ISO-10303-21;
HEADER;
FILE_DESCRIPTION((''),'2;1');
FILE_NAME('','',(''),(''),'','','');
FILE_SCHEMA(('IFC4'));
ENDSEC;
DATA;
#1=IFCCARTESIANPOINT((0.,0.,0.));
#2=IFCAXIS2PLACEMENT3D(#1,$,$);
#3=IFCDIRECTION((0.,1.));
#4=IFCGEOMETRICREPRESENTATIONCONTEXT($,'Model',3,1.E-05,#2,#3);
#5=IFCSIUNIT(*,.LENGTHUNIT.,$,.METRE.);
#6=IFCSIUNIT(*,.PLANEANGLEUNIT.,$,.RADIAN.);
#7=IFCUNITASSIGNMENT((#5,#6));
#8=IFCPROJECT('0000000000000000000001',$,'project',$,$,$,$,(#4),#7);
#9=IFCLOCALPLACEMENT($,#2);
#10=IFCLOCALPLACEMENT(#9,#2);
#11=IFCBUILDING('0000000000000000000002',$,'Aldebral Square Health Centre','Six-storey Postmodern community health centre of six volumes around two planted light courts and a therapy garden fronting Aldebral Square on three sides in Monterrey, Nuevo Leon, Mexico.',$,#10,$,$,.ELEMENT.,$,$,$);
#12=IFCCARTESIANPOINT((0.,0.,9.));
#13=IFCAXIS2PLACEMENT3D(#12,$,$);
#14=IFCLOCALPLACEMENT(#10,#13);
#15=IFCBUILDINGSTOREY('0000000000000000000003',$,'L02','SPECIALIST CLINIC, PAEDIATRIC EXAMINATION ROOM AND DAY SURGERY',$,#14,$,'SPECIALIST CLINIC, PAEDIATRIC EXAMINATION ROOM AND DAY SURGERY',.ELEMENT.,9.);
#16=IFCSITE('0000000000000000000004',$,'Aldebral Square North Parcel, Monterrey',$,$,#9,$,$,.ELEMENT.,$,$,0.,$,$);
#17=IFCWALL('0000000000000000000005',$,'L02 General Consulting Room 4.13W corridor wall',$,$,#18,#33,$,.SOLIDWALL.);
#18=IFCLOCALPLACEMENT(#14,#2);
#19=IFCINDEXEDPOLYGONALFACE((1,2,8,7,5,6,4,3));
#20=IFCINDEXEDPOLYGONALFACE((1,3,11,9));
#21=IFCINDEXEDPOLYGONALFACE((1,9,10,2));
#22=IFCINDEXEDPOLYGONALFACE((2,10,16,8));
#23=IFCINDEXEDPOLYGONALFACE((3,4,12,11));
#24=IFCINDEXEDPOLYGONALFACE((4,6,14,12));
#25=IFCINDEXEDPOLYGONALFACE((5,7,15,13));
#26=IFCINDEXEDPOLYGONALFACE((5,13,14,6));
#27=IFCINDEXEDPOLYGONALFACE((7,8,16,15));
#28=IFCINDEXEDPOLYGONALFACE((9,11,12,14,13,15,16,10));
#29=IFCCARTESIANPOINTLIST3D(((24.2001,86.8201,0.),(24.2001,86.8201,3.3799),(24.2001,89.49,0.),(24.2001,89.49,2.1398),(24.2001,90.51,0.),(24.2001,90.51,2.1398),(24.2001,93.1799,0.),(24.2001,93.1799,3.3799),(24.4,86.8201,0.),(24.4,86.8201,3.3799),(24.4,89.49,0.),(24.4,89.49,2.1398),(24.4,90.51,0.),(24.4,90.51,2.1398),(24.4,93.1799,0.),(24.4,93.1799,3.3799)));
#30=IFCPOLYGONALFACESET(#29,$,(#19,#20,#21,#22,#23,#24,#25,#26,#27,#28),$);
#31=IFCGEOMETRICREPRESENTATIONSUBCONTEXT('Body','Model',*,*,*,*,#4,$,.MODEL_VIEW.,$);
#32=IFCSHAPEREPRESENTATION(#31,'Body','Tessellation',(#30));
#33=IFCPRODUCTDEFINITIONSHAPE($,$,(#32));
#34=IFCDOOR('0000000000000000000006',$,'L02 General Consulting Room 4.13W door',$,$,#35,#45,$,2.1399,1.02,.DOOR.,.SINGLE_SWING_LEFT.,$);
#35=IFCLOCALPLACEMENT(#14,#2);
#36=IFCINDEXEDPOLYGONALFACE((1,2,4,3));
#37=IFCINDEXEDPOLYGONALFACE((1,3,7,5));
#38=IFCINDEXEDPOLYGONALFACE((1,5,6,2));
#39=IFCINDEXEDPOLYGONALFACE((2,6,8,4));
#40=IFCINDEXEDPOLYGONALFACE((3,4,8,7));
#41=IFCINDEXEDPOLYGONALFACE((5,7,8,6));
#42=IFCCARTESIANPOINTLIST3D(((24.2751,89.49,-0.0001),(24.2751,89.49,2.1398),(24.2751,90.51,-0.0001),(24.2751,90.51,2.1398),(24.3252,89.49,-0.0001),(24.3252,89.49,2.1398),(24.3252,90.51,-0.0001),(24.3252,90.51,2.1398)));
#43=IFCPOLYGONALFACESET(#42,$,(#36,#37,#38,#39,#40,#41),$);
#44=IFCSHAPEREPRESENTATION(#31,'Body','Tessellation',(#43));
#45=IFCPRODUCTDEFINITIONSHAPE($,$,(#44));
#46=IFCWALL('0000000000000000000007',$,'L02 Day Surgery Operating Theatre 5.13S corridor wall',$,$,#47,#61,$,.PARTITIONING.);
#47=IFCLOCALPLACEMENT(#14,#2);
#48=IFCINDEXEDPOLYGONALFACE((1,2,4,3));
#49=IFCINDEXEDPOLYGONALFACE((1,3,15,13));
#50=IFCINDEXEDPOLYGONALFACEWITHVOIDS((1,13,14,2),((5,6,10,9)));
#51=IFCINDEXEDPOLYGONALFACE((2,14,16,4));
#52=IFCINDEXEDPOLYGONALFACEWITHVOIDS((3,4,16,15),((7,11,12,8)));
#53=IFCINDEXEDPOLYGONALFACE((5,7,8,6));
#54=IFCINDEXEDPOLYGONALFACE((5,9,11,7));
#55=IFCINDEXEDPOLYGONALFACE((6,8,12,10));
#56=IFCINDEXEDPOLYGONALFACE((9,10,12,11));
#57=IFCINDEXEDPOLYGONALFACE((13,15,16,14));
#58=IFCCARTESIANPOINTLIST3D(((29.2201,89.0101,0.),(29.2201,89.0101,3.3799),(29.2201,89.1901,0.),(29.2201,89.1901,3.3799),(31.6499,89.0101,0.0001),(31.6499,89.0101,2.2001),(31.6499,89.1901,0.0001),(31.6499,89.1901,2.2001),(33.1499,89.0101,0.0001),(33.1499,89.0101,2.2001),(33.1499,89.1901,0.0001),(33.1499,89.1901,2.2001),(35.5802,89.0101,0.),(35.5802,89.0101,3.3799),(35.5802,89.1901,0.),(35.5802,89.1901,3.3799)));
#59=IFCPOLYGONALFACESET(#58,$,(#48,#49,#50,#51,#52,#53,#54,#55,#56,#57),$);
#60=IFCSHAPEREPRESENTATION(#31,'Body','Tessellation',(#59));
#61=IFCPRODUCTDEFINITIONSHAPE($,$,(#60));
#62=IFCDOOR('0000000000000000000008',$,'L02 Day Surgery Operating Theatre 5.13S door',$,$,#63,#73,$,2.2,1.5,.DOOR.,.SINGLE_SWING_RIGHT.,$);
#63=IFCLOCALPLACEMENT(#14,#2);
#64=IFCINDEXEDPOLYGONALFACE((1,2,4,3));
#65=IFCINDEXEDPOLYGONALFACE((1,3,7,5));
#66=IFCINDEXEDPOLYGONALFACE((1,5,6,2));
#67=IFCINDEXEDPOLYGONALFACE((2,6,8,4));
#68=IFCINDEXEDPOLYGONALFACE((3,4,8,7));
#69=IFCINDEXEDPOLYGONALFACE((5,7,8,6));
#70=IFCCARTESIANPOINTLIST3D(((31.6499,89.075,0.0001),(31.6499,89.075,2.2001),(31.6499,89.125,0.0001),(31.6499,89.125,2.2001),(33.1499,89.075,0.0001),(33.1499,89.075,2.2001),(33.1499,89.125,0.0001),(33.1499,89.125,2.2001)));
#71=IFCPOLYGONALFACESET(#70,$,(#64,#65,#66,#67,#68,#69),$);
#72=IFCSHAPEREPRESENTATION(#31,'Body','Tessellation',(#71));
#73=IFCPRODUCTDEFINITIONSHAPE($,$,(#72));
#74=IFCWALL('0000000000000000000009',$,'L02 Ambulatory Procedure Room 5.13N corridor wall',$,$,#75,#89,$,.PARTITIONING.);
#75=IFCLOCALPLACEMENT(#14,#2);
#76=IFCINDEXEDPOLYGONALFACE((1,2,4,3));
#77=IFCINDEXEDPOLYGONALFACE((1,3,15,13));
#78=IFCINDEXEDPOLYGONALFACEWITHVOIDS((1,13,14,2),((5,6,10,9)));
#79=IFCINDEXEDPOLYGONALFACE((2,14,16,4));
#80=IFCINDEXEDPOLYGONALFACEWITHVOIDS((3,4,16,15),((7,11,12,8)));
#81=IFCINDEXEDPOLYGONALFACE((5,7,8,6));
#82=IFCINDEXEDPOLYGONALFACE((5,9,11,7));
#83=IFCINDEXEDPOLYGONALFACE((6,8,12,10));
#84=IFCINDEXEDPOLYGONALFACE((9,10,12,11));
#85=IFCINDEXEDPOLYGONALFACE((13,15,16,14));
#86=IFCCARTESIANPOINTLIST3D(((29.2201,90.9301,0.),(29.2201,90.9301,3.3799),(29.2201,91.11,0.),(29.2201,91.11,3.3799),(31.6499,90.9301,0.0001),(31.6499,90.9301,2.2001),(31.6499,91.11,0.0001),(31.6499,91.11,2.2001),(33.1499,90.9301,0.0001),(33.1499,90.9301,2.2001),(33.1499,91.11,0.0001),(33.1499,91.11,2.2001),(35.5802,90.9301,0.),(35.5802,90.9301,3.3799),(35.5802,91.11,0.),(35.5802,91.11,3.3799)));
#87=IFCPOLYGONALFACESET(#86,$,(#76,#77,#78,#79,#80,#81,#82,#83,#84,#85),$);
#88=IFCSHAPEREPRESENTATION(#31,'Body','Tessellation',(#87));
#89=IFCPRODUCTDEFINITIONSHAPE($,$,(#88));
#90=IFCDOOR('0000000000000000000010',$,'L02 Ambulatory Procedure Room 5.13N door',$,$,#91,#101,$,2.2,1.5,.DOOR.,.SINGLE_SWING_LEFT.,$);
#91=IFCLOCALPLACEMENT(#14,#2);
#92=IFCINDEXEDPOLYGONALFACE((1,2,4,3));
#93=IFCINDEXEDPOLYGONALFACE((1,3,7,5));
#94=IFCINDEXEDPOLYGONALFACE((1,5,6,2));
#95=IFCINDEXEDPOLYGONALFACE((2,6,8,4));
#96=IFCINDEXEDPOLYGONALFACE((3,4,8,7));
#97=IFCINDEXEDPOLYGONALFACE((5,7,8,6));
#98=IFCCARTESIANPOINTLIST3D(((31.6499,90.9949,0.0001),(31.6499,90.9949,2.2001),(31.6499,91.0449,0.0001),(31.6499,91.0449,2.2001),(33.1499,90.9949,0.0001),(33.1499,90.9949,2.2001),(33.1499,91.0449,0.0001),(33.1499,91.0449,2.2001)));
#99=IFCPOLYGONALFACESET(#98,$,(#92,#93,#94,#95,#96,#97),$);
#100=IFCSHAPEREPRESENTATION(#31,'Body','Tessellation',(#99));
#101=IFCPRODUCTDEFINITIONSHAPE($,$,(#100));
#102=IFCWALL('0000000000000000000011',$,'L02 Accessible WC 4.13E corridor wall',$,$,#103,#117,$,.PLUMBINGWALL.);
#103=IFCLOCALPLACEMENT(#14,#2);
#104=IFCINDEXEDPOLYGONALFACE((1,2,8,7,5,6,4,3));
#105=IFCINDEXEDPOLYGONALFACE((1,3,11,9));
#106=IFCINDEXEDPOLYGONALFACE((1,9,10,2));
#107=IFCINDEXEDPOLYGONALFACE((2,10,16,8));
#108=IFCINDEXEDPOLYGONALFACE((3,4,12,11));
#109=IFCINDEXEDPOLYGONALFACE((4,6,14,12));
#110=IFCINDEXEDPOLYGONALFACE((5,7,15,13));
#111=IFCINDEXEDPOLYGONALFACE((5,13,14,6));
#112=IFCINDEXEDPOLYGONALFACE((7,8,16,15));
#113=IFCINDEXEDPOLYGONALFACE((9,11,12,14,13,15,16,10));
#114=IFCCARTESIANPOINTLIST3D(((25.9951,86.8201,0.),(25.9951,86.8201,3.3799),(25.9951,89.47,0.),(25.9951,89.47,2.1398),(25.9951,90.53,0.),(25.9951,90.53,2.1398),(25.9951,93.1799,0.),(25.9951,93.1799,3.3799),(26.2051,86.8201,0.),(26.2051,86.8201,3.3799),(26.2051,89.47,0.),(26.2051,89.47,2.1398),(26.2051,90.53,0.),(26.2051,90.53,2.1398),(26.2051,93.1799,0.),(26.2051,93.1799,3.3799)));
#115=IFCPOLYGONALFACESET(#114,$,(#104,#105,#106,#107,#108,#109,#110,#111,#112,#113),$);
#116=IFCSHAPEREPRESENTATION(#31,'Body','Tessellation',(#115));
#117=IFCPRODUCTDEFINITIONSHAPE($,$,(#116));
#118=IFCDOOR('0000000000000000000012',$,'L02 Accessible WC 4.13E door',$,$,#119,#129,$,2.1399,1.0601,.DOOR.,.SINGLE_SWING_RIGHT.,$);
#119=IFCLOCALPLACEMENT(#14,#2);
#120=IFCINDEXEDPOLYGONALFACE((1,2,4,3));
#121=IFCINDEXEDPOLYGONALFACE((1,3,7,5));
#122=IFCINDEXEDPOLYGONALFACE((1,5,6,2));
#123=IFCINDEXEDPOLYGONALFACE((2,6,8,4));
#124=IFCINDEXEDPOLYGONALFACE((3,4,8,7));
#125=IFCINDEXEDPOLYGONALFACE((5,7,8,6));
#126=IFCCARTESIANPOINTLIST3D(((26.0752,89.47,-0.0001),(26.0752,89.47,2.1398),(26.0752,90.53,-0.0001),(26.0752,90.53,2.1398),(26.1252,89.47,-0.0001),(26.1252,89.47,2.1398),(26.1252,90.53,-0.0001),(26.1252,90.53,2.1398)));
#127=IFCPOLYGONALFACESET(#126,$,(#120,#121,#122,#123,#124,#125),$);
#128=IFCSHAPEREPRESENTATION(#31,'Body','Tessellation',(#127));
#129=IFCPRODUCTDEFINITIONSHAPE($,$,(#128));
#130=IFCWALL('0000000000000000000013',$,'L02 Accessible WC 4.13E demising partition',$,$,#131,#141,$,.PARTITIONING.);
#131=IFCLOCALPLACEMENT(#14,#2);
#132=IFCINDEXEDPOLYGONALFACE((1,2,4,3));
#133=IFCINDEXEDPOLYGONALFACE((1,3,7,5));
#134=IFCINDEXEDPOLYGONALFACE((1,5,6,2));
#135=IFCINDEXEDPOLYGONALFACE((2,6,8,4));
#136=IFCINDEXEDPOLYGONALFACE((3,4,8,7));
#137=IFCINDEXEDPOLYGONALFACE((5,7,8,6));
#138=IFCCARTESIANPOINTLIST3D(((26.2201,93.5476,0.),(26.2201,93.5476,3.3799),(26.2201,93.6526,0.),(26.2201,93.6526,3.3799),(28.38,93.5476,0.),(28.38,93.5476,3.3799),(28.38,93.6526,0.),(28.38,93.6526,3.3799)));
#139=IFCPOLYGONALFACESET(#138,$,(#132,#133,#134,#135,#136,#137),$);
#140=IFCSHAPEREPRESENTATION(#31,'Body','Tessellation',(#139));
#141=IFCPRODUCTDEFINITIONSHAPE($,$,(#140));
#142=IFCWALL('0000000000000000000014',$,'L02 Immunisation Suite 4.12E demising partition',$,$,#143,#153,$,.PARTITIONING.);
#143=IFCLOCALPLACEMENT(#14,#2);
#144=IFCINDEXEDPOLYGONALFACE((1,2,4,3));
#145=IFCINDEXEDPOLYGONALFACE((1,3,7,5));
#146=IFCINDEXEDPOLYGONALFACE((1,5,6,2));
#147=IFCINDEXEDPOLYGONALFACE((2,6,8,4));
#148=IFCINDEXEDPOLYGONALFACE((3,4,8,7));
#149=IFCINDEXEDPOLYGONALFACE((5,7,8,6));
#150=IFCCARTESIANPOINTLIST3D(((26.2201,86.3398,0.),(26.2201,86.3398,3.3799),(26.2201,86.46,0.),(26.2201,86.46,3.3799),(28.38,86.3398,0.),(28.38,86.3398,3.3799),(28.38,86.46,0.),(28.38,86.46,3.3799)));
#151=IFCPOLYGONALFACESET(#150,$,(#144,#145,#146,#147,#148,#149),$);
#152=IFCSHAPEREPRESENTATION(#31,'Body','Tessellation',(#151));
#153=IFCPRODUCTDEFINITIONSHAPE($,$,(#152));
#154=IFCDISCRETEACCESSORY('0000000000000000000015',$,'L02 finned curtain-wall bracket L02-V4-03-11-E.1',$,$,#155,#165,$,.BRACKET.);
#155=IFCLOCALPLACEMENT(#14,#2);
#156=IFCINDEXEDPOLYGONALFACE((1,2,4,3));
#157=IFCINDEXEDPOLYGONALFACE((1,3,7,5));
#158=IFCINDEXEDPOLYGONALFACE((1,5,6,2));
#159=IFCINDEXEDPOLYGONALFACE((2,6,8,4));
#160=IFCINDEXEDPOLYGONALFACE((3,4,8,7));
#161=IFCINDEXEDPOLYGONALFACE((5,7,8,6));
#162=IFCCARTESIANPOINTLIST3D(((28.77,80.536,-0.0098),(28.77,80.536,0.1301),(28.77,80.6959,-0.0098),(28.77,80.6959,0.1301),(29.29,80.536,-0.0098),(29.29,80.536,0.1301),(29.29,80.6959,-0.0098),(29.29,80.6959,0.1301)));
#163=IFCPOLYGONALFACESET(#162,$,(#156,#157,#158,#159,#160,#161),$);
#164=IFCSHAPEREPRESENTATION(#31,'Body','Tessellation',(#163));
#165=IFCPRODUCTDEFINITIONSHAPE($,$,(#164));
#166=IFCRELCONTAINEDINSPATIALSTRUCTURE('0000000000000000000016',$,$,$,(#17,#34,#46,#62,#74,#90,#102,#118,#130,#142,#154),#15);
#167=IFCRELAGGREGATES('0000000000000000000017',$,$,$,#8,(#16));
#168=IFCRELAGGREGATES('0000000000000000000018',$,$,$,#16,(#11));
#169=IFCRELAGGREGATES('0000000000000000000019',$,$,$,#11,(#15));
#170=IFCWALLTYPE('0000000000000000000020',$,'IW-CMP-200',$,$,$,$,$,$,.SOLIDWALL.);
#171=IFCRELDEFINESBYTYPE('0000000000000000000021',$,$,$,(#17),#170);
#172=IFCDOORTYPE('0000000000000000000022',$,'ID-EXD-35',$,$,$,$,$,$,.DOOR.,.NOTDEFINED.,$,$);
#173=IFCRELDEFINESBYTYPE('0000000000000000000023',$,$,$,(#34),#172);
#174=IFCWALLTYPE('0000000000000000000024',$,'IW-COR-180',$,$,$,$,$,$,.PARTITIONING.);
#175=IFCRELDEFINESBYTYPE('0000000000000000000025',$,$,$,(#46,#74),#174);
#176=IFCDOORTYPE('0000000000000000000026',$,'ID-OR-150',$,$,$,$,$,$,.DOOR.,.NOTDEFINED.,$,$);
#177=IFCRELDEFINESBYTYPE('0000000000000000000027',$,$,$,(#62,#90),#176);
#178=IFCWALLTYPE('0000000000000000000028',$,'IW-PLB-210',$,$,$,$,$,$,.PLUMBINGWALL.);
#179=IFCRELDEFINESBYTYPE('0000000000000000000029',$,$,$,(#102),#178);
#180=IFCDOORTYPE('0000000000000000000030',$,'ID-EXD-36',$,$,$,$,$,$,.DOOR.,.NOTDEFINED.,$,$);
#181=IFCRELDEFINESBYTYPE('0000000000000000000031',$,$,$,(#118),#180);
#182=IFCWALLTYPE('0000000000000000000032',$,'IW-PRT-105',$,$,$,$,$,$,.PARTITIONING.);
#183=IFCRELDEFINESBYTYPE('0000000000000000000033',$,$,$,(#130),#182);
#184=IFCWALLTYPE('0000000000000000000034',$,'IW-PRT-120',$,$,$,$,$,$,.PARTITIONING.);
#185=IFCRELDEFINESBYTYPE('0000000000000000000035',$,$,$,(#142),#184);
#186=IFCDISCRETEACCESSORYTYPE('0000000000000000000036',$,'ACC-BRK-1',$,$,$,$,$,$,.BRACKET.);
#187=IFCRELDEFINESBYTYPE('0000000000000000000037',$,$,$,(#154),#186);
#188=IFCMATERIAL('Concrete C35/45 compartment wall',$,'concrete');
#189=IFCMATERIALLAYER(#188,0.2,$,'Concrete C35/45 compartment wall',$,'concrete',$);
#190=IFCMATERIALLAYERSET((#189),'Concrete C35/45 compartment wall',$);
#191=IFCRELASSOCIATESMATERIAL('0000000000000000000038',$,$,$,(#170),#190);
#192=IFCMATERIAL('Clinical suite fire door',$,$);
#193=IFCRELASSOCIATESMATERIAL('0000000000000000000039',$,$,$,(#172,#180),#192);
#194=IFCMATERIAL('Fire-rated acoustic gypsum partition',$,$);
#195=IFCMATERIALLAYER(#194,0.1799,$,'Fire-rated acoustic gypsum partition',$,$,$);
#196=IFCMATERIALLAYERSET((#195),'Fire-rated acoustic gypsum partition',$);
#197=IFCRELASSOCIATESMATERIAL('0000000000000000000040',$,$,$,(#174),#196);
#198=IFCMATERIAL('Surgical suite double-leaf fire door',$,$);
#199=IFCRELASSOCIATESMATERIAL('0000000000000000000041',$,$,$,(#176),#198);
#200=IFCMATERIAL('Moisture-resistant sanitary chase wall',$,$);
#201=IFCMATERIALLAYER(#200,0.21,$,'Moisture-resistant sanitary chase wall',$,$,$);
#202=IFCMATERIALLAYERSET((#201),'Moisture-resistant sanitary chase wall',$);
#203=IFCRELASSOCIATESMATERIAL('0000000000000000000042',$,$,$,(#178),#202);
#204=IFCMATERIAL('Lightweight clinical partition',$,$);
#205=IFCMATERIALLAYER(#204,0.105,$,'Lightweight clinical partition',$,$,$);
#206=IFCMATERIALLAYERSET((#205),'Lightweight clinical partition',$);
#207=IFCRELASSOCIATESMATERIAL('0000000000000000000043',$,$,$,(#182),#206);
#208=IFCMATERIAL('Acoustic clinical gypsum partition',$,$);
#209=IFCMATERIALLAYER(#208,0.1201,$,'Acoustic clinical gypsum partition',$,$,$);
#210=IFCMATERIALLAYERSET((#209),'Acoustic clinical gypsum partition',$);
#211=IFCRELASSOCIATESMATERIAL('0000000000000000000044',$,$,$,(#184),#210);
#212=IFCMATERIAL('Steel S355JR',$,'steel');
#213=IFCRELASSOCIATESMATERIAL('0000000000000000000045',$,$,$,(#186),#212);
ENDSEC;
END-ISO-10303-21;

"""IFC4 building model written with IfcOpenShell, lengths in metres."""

from ifc_helpers import new_model, si_unit, direction, frame, frame_2d, origin, origin_2d, place, context, subcontext, project, spatial, rectangle, extrude, material, layer, layer_set, type_object, element, fill, save


model = new_model("IFC4")

# Units and contexts
model_context = context("Model", 3, precision=1e-05, world=origin(), true_north=direction((0.0, 1.0)))
body_context = subcontext(model_context, "Body", "Model", "MODEL_VIEW")
ifc_project = project(units=[si_unit("LENGTHUNIT", "METRE"), si_unit("PLANEANGLEUNIT", "RADIAN")], contexts=[model_context])

# Site, building, storey
site_placement = place(None, origin())
site = spatial("IfcSite", under=ifc_project, at=site_placement, Name="Aldebral Square North Parcel, Monterrey", CompositionType="ELEMENT", RefElevation=0.0)
building_placement = place(site_placement, origin())
building = spatial("IfcBuilding", under=site, at=building_placement, Name="Aldebral Square Health Centre", Description="Six-storey Postmodern community health centre of six volumes around two planted light courts and a therapy garden fronting Aldebral Square on three sides in Monterrey, Nuevo Leon, Mexico.", CompositionType="ELEMENT")
storey_placement = place(building_placement, frame((0.0, 0.0, 9.0)))
storey = spatial("IfcBuildingStorey", under=building, at=storey_placement, Name="L02", Description="SPECIALIST CLINIC, PAEDIATRIC EXAMINATION ROOM AND DAY SURGERY", LongName="SPECIALIST CLINIC, PAEDIATRIC EXAMINATION ROOM AND DAY SURGERY", CompositionType="ELEMENT", Elevation=9.0)

# Walls, openings, doors
ifc_material_1 = material(Name="Concrete C35/45 compartment wall", Category="concrete")
ifc_layer_1 = layer(ifc_material_1, 0.2, Name="Concrete C35/45 compartment wall", Category="concrete")
ifc_layer_set_1 = layer_set([ifc_layer_1], Name="Concrete C35/45 compartment wall")
wall_type_1 = type_object("IfcWallType", Name="IW-CMP-200", PredefinedType="SOLIDWALL", material=ifc_layer_set_1)
wall_1_placement = place(storey_placement, frame((24.3, 86.8201, 0.0), z_axis=(0.0, 0.0, 1.0), x_axis=(0.0, 1.0, 0.0)))
wall_1 = element("IfcWall", 1, at=wall_1_placement, inside=storey, type_object=wall_type_1, Name="L02 General Consulting Room 4.13W corridor wall", PredefinedType="SOLIDWALL", context=body_context, shape_type="SweptSolid", body=[
    extrude(rectangle(XDim=6.3599, YDim=0.2, at=frame_2d((3.1799, 0.0))), origin(), (0.0, 0.0, 1.0), 3.3799),
])
opening_1_placement = place(wall_1_placement, frame((2.6699, 0.0, 0.0)))
opening_1 = element("IfcOpeningElement", 2, at=opening_1_placement, cuts=wall_1, PredefinedType="OPENING", context=body_context, shape_type="SweptSolid", body=[
    extrude(rectangle(XDim=1.02, YDim=2.1399, at=frame_2d((0.51, 1.0698))), frame((0.0, 0.1099, 0.0), z_axis=(0.0, -1.0, 0.0), x_axis=(1.0, 0.0, 0.0)), (0.0, 0.0, 1.0), 0.22),
])
ifc_material_2 = material(Name="Clinical suite fire door")
door_type_1 = type_object("IfcDoorType", Name="ID-EXD-35", OperationType="NOTDEFINED", PredefinedType="DOOR", material=ifc_material_2)
door_1_placement = place(opening_1_placement, origin())
door_1 = element("IfcDoor", 3, at=door_1_placement, inside=storey, type_object=door_type_1, Name="L02 General Consulting Room 4.13W door", OperationType="SINGLE_SWING_LEFT", OverallHeight=2.1399, OverallWidth=1.02, PredefinedType="DOOR", context=body_context, shape_type="SweptSolid", body=[
    extrude(rectangle(XDim=1.02, YDim=2.1399, at=frame_2d((0.51, 1.0698))), frame((0.0, 0.0249, 0.0), z_axis=(0.0, -1.0, 0.0), x_axis=(1.0, 0.0, 0.0)), (0.0, 0.0, 1.0), 0.05),
])
fill(opening_1, door_1)
ifc_material_3 = material(Name="Fire-rated acoustic gypsum partition")
ifc_layer_2 = layer(ifc_material_3, 0.1799, Name="Fire-rated acoustic gypsum partition")
ifc_layer_set_2 = layer_set([ifc_layer_2], Name="Fire-rated acoustic gypsum partition")
wall_type_2 = type_object("IfcWallType", Name="IW-COR-180", PredefinedType="PARTITIONING", material=ifc_layer_set_2)
wall_2_placement = place(storey_placement, frame((29.22, 89.1001, 0.0), z_axis=(0.0, 0.0, 1.0), x_axis=(1.0, 0.0, 0.0)))
wall_2 = element("IfcWall", 4, at=wall_2_placement, inside=storey, type_object=wall_type_2, Name="L02 Day Surgery Operating Theatre 5.13S corridor wall", PredefinedType="PARTITIONING", context=body_context, shape_type="SweptSolid", body=[
    extrude(rectangle(XDim=6.3601, YDim=0.1799, at=frame_2d((3.1802, 0.0))), origin(), (0.0, 0.0, 1.0), 3.3799),
])
opening_2_placement = place(wall_2_placement, frame((2.4299, 0.0, 0.0)))
opening_2 = element("IfcOpeningElement", 5, at=opening_2_placement, cuts=wall_2, PredefinedType="OPENING", context=body_context, shape_type="SweptSolid", body=[
    extrude(rectangle(XDim=1.5, YDim=2.2, at=frame_2d((0.75, 1.1001))), frame((0.0, 0.1001, 0.0), z_axis=(0.0, -1.0, 0.0), x_axis=(1.0, 0.0, 0.0)), (0.0, 0.0, 1.0), 0.2),
])
ifc_material_4 = material(Name="Surgical suite double-leaf fire door")
door_type_2 = type_object("IfcDoorType", Name="ID-OR-150", OperationType="NOTDEFINED", PredefinedType="DOOR", material=ifc_material_4)
door_2_placement = place(opening_2_placement, origin())
door_2 = element("IfcDoor", 6, at=door_2_placement, inside=storey, type_object=door_type_2, Name="L02 Day Surgery Operating Theatre 5.13S door", OperationType="SINGLE_SWING_RIGHT", OverallHeight=2.2, OverallWidth=1.5, PredefinedType="DOOR", context=body_context, shape_type="SweptSolid", body=[
    extrude(rectangle(XDim=1.5, YDim=2.2, at=frame_2d((0.75, 1.1001))), frame((0.0, 0.0249, 0.0), z_axis=(0.0, -1.0, 0.0), x_axis=(1.0, 0.0, 0.0)), (0.0, 0.0, 1.0), 0.05),
])
fill(opening_2, door_2)
wall_3_placement = place(storey_placement, frame((29.22, 91.02, 0.0), z_axis=(0.0, 0.0, 1.0), x_axis=(1.0, 0.0, 0.0)))
wall_3 = element("IfcWall", 7, at=wall_3_placement, inside=storey, type_object=wall_type_2, Name="L02 Ambulatory Procedure Room 5.13N corridor wall", PredefinedType="PARTITIONING", context=body_context, shape_type="SweptSolid", body=[
    extrude(rectangle(XDim=6.3601, YDim=0.1799, at=frame_2d((3.1802, 0.0))), origin(), (0.0, 0.0, 1.0), 3.3799),
])
opening_3_placement = place(wall_3_placement, frame((2.4299, 0.0, 0.0)))
opening_3 = element("IfcOpeningElement", 8, at=opening_3_placement, cuts=wall_3, PredefinedType="OPENING", context=body_context, shape_type="SweptSolid", body=[
    extrude(rectangle(XDim=1.5, YDim=2.2, at=frame_2d((0.75, 1.1001))), frame((0.0, 0.1001, 0.0), z_axis=(0.0, -1.0, 0.0), x_axis=(1.0, 0.0, 0.0)), (0.0, 0.0, 1.0), 0.2),
])
door_3_placement = place(opening_3_placement, origin())
door_3 = element("IfcDoor", 9, at=door_3_placement, inside=storey, type_object=door_type_2, Name="L02 Ambulatory Procedure Room 5.13N door", OperationType="SINGLE_SWING_LEFT", OverallHeight=2.2, OverallWidth=1.5, PredefinedType="DOOR", context=body_context, shape_type="SweptSolid", body=[
    extrude(rectangle(XDim=1.5, YDim=2.2, at=frame_2d((0.75, 1.1001))), frame((0.0, 0.0249, 0.0), z_axis=(0.0, -1.0, 0.0), x_axis=(1.0, 0.0, 0.0)), (0.0, 0.0, 1.0), 0.05),
])
fill(opening_3, door_3)
ifc_material_5 = material(Name="Moisture-resistant sanitary chase wall")
ifc_layer_3 = layer(ifc_material_5, 0.21, Name="Moisture-resistant sanitary chase wall")
ifc_layer_set_3 = layer_set([ifc_layer_3], Name="Moisture-resistant sanitary chase wall")
wall_type_3 = type_object("IfcWallType", Name="IW-PLB-210", PredefinedType="PLUMBINGWALL", material=ifc_layer_set_3)
wall_4_placement = place(storey_placement, frame((26.1001, 86.8201, 0.0), z_axis=(0.0, 0.0, 1.0), x_axis=(0.0, 1.0, 0.0)))
wall_4 = element("IfcWall", 10, at=wall_4_placement, inside=storey, type_object=wall_type_3, Name="L02 Accessible WC 4.13E corridor wall", PredefinedType="PLUMBINGWALL", context=body_context, shape_type="SweptSolid", body=[
    extrude(rectangle(XDim=6.3599, YDim=0.21, at=frame_2d((3.1799, 0.0))), origin(), (0.0, 0.0, 1.0), 3.3799),
])
opening_4_placement = place(wall_4_placement, frame((2.6499, 0.0, 0.0)))
opening_4 = element("IfcOpeningElement", 11, at=opening_4_placement, cuts=wall_4, PredefinedType="OPENING", context=body_context, shape_type="SweptSolid", body=[
    extrude(rectangle(XDim=1.0601, YDim=2.1399, at=frame_2d((0.53, 1.0698))), frame((0.0, 0.115, 0.0), z_axis=(0.0, -1.0, 0.0), x_axis=(1.0, 0.0, 0.0)), (0.0, 0.0, 1.0), 0.23),
])
door_type_3 = type_object("IfcDoorType", Name="ID-EXD-36", OperationType="NOTDEFINED", PredefinedType="DOOR", material=ifc_material_2)
door_4_placement = place(opening_4_placement, origin())
door_4 = element("IfcDoor", 12, at=door_4_placement, inside=storey, type_object=door_type_3, Name="L02 Accessible WC 4.13E door", OperationType="SINGLE_SWING_RIGHT", OverallHeight=2.1399, OverallWidth=1.0601, PredefinedType="DOOR", context=body_context, shape_type="SweptSolid", body=[
    extrude(rectangle(XDim=1.0601, YDim=2.1399, at=frame_2d((0.53, 1.0698))), frame((0.0, 0.0249, 0.0), z_axis=(0.0, -1.0, 0.0), x_axis=(1.0, 0.0, 0.0)), (0.0, 0.0, 1.0), 0.05),
])
fill(opening_4, door_4)

# Walls
ifc_material_6 = material(Name="Lightweight clinical partition")
ifc_layer_4 = layer(ifc_material_6, 0.105, Name="Lightweight clinical partition")
ifc_layer_set_4 = layer_set([ifc_layer_4], Name="Lightweight clinical partition")
wall_type_4 = type_object("IfcWallType", Name="IW-PRT-105", PredefinedType="PARTITIONING", material=ifc_layer_set_4)
wall_5_placement = place(storey_placement, frame((26.22, 93.6001, 0.0), z_axis=(0.0, 0.0, 1.0), x_axis=(1.0, 0.0, 0.0)))
element("IfcWall", 13, at=wall_5_placement, inside=storey, type_object=wall_type_4, Name="L02 Accessible WC 4.13E demising partition", PredefinedType="PARTITIONING", context=body_context, shape_type="SweptSolid", body=[
    extrude(rectangle(XDim=2.1599, YDim=0.105, at=frame_2d((1.0801, 0.0))), origin(), (0.0, 0.0, 1.0), 3.3799),
])
ifc_material_7 = material(Name="Acoustic clinical gypsum partition")
ifc_layer_5 = layer(ifc_material_7, 0.1201, Name="Acoustic clinical gypsum partition")
ifc_layer_set_5 = layer_set([ifc_layer_5], Name="Acoustic clinical gypsum partition")
wall_type_5 = type_object("IfcWallType", Name="IW-PRT-120", PredefinedType="PARTITIONING", material=ifc_layer_set_5)
wall_6_placement = place(storey_placement, frame((26.22, 86.3999, 0.0), z_axis=(0.0, 0.0, 1.0), x_axis=(1.0, 0.0, 0.0)))
element("IfcWall", 14, at=wall_6_placement, inside=storey, type_object=wall_type_5, Name="L02 Immunisation Suite 4.12E demising partition", PredefinedType="PARTITIONING", context=body_context, shape_type="SweptSolid", body=[
    extrude(rectangle(XDim=2.1599, YDim=0.1201, at=frame_2d((1.0801, 0.0))), origin(), (0.0, 0.0, 1.0), 3.3799),
])

# Discrete accessory
ifc_material_8 = material(Name="Steel S355JR", Category="steel")
discrete_accessory_type = type_object("IfcDiscreteAccessoryType", Name="ACC-BRK-1", PredefinedType="BRACKET", material=ifc_material_8)
for number, where, z_axis, x_axis, name in (
    (15, (29.03, 80.616, -0.0098), (0.0, 0.0, 1.0), (0.0, 1.0, 0.0), "L02 finned curtain-wall bracket L02-V4-03-11-E.1"),
):
    element("IfcDiscreteAccessory", number, at=place(storey_placement, frame(where, z_axis=z_axis, x_axis=x_axis)), inside=storey, type_object=discrete_accessory_type, Name=name, PredefinedType="BRACKET", context=body_context, shape_type="SweptSolid", body=[
        extrude(rectangle(XDim=0.1599, YDim=0.52, at=origin_2d()), origin(), (0.0, 0.0, 1.0), 0.1399),
    ])

save(model, "model.ifc")
